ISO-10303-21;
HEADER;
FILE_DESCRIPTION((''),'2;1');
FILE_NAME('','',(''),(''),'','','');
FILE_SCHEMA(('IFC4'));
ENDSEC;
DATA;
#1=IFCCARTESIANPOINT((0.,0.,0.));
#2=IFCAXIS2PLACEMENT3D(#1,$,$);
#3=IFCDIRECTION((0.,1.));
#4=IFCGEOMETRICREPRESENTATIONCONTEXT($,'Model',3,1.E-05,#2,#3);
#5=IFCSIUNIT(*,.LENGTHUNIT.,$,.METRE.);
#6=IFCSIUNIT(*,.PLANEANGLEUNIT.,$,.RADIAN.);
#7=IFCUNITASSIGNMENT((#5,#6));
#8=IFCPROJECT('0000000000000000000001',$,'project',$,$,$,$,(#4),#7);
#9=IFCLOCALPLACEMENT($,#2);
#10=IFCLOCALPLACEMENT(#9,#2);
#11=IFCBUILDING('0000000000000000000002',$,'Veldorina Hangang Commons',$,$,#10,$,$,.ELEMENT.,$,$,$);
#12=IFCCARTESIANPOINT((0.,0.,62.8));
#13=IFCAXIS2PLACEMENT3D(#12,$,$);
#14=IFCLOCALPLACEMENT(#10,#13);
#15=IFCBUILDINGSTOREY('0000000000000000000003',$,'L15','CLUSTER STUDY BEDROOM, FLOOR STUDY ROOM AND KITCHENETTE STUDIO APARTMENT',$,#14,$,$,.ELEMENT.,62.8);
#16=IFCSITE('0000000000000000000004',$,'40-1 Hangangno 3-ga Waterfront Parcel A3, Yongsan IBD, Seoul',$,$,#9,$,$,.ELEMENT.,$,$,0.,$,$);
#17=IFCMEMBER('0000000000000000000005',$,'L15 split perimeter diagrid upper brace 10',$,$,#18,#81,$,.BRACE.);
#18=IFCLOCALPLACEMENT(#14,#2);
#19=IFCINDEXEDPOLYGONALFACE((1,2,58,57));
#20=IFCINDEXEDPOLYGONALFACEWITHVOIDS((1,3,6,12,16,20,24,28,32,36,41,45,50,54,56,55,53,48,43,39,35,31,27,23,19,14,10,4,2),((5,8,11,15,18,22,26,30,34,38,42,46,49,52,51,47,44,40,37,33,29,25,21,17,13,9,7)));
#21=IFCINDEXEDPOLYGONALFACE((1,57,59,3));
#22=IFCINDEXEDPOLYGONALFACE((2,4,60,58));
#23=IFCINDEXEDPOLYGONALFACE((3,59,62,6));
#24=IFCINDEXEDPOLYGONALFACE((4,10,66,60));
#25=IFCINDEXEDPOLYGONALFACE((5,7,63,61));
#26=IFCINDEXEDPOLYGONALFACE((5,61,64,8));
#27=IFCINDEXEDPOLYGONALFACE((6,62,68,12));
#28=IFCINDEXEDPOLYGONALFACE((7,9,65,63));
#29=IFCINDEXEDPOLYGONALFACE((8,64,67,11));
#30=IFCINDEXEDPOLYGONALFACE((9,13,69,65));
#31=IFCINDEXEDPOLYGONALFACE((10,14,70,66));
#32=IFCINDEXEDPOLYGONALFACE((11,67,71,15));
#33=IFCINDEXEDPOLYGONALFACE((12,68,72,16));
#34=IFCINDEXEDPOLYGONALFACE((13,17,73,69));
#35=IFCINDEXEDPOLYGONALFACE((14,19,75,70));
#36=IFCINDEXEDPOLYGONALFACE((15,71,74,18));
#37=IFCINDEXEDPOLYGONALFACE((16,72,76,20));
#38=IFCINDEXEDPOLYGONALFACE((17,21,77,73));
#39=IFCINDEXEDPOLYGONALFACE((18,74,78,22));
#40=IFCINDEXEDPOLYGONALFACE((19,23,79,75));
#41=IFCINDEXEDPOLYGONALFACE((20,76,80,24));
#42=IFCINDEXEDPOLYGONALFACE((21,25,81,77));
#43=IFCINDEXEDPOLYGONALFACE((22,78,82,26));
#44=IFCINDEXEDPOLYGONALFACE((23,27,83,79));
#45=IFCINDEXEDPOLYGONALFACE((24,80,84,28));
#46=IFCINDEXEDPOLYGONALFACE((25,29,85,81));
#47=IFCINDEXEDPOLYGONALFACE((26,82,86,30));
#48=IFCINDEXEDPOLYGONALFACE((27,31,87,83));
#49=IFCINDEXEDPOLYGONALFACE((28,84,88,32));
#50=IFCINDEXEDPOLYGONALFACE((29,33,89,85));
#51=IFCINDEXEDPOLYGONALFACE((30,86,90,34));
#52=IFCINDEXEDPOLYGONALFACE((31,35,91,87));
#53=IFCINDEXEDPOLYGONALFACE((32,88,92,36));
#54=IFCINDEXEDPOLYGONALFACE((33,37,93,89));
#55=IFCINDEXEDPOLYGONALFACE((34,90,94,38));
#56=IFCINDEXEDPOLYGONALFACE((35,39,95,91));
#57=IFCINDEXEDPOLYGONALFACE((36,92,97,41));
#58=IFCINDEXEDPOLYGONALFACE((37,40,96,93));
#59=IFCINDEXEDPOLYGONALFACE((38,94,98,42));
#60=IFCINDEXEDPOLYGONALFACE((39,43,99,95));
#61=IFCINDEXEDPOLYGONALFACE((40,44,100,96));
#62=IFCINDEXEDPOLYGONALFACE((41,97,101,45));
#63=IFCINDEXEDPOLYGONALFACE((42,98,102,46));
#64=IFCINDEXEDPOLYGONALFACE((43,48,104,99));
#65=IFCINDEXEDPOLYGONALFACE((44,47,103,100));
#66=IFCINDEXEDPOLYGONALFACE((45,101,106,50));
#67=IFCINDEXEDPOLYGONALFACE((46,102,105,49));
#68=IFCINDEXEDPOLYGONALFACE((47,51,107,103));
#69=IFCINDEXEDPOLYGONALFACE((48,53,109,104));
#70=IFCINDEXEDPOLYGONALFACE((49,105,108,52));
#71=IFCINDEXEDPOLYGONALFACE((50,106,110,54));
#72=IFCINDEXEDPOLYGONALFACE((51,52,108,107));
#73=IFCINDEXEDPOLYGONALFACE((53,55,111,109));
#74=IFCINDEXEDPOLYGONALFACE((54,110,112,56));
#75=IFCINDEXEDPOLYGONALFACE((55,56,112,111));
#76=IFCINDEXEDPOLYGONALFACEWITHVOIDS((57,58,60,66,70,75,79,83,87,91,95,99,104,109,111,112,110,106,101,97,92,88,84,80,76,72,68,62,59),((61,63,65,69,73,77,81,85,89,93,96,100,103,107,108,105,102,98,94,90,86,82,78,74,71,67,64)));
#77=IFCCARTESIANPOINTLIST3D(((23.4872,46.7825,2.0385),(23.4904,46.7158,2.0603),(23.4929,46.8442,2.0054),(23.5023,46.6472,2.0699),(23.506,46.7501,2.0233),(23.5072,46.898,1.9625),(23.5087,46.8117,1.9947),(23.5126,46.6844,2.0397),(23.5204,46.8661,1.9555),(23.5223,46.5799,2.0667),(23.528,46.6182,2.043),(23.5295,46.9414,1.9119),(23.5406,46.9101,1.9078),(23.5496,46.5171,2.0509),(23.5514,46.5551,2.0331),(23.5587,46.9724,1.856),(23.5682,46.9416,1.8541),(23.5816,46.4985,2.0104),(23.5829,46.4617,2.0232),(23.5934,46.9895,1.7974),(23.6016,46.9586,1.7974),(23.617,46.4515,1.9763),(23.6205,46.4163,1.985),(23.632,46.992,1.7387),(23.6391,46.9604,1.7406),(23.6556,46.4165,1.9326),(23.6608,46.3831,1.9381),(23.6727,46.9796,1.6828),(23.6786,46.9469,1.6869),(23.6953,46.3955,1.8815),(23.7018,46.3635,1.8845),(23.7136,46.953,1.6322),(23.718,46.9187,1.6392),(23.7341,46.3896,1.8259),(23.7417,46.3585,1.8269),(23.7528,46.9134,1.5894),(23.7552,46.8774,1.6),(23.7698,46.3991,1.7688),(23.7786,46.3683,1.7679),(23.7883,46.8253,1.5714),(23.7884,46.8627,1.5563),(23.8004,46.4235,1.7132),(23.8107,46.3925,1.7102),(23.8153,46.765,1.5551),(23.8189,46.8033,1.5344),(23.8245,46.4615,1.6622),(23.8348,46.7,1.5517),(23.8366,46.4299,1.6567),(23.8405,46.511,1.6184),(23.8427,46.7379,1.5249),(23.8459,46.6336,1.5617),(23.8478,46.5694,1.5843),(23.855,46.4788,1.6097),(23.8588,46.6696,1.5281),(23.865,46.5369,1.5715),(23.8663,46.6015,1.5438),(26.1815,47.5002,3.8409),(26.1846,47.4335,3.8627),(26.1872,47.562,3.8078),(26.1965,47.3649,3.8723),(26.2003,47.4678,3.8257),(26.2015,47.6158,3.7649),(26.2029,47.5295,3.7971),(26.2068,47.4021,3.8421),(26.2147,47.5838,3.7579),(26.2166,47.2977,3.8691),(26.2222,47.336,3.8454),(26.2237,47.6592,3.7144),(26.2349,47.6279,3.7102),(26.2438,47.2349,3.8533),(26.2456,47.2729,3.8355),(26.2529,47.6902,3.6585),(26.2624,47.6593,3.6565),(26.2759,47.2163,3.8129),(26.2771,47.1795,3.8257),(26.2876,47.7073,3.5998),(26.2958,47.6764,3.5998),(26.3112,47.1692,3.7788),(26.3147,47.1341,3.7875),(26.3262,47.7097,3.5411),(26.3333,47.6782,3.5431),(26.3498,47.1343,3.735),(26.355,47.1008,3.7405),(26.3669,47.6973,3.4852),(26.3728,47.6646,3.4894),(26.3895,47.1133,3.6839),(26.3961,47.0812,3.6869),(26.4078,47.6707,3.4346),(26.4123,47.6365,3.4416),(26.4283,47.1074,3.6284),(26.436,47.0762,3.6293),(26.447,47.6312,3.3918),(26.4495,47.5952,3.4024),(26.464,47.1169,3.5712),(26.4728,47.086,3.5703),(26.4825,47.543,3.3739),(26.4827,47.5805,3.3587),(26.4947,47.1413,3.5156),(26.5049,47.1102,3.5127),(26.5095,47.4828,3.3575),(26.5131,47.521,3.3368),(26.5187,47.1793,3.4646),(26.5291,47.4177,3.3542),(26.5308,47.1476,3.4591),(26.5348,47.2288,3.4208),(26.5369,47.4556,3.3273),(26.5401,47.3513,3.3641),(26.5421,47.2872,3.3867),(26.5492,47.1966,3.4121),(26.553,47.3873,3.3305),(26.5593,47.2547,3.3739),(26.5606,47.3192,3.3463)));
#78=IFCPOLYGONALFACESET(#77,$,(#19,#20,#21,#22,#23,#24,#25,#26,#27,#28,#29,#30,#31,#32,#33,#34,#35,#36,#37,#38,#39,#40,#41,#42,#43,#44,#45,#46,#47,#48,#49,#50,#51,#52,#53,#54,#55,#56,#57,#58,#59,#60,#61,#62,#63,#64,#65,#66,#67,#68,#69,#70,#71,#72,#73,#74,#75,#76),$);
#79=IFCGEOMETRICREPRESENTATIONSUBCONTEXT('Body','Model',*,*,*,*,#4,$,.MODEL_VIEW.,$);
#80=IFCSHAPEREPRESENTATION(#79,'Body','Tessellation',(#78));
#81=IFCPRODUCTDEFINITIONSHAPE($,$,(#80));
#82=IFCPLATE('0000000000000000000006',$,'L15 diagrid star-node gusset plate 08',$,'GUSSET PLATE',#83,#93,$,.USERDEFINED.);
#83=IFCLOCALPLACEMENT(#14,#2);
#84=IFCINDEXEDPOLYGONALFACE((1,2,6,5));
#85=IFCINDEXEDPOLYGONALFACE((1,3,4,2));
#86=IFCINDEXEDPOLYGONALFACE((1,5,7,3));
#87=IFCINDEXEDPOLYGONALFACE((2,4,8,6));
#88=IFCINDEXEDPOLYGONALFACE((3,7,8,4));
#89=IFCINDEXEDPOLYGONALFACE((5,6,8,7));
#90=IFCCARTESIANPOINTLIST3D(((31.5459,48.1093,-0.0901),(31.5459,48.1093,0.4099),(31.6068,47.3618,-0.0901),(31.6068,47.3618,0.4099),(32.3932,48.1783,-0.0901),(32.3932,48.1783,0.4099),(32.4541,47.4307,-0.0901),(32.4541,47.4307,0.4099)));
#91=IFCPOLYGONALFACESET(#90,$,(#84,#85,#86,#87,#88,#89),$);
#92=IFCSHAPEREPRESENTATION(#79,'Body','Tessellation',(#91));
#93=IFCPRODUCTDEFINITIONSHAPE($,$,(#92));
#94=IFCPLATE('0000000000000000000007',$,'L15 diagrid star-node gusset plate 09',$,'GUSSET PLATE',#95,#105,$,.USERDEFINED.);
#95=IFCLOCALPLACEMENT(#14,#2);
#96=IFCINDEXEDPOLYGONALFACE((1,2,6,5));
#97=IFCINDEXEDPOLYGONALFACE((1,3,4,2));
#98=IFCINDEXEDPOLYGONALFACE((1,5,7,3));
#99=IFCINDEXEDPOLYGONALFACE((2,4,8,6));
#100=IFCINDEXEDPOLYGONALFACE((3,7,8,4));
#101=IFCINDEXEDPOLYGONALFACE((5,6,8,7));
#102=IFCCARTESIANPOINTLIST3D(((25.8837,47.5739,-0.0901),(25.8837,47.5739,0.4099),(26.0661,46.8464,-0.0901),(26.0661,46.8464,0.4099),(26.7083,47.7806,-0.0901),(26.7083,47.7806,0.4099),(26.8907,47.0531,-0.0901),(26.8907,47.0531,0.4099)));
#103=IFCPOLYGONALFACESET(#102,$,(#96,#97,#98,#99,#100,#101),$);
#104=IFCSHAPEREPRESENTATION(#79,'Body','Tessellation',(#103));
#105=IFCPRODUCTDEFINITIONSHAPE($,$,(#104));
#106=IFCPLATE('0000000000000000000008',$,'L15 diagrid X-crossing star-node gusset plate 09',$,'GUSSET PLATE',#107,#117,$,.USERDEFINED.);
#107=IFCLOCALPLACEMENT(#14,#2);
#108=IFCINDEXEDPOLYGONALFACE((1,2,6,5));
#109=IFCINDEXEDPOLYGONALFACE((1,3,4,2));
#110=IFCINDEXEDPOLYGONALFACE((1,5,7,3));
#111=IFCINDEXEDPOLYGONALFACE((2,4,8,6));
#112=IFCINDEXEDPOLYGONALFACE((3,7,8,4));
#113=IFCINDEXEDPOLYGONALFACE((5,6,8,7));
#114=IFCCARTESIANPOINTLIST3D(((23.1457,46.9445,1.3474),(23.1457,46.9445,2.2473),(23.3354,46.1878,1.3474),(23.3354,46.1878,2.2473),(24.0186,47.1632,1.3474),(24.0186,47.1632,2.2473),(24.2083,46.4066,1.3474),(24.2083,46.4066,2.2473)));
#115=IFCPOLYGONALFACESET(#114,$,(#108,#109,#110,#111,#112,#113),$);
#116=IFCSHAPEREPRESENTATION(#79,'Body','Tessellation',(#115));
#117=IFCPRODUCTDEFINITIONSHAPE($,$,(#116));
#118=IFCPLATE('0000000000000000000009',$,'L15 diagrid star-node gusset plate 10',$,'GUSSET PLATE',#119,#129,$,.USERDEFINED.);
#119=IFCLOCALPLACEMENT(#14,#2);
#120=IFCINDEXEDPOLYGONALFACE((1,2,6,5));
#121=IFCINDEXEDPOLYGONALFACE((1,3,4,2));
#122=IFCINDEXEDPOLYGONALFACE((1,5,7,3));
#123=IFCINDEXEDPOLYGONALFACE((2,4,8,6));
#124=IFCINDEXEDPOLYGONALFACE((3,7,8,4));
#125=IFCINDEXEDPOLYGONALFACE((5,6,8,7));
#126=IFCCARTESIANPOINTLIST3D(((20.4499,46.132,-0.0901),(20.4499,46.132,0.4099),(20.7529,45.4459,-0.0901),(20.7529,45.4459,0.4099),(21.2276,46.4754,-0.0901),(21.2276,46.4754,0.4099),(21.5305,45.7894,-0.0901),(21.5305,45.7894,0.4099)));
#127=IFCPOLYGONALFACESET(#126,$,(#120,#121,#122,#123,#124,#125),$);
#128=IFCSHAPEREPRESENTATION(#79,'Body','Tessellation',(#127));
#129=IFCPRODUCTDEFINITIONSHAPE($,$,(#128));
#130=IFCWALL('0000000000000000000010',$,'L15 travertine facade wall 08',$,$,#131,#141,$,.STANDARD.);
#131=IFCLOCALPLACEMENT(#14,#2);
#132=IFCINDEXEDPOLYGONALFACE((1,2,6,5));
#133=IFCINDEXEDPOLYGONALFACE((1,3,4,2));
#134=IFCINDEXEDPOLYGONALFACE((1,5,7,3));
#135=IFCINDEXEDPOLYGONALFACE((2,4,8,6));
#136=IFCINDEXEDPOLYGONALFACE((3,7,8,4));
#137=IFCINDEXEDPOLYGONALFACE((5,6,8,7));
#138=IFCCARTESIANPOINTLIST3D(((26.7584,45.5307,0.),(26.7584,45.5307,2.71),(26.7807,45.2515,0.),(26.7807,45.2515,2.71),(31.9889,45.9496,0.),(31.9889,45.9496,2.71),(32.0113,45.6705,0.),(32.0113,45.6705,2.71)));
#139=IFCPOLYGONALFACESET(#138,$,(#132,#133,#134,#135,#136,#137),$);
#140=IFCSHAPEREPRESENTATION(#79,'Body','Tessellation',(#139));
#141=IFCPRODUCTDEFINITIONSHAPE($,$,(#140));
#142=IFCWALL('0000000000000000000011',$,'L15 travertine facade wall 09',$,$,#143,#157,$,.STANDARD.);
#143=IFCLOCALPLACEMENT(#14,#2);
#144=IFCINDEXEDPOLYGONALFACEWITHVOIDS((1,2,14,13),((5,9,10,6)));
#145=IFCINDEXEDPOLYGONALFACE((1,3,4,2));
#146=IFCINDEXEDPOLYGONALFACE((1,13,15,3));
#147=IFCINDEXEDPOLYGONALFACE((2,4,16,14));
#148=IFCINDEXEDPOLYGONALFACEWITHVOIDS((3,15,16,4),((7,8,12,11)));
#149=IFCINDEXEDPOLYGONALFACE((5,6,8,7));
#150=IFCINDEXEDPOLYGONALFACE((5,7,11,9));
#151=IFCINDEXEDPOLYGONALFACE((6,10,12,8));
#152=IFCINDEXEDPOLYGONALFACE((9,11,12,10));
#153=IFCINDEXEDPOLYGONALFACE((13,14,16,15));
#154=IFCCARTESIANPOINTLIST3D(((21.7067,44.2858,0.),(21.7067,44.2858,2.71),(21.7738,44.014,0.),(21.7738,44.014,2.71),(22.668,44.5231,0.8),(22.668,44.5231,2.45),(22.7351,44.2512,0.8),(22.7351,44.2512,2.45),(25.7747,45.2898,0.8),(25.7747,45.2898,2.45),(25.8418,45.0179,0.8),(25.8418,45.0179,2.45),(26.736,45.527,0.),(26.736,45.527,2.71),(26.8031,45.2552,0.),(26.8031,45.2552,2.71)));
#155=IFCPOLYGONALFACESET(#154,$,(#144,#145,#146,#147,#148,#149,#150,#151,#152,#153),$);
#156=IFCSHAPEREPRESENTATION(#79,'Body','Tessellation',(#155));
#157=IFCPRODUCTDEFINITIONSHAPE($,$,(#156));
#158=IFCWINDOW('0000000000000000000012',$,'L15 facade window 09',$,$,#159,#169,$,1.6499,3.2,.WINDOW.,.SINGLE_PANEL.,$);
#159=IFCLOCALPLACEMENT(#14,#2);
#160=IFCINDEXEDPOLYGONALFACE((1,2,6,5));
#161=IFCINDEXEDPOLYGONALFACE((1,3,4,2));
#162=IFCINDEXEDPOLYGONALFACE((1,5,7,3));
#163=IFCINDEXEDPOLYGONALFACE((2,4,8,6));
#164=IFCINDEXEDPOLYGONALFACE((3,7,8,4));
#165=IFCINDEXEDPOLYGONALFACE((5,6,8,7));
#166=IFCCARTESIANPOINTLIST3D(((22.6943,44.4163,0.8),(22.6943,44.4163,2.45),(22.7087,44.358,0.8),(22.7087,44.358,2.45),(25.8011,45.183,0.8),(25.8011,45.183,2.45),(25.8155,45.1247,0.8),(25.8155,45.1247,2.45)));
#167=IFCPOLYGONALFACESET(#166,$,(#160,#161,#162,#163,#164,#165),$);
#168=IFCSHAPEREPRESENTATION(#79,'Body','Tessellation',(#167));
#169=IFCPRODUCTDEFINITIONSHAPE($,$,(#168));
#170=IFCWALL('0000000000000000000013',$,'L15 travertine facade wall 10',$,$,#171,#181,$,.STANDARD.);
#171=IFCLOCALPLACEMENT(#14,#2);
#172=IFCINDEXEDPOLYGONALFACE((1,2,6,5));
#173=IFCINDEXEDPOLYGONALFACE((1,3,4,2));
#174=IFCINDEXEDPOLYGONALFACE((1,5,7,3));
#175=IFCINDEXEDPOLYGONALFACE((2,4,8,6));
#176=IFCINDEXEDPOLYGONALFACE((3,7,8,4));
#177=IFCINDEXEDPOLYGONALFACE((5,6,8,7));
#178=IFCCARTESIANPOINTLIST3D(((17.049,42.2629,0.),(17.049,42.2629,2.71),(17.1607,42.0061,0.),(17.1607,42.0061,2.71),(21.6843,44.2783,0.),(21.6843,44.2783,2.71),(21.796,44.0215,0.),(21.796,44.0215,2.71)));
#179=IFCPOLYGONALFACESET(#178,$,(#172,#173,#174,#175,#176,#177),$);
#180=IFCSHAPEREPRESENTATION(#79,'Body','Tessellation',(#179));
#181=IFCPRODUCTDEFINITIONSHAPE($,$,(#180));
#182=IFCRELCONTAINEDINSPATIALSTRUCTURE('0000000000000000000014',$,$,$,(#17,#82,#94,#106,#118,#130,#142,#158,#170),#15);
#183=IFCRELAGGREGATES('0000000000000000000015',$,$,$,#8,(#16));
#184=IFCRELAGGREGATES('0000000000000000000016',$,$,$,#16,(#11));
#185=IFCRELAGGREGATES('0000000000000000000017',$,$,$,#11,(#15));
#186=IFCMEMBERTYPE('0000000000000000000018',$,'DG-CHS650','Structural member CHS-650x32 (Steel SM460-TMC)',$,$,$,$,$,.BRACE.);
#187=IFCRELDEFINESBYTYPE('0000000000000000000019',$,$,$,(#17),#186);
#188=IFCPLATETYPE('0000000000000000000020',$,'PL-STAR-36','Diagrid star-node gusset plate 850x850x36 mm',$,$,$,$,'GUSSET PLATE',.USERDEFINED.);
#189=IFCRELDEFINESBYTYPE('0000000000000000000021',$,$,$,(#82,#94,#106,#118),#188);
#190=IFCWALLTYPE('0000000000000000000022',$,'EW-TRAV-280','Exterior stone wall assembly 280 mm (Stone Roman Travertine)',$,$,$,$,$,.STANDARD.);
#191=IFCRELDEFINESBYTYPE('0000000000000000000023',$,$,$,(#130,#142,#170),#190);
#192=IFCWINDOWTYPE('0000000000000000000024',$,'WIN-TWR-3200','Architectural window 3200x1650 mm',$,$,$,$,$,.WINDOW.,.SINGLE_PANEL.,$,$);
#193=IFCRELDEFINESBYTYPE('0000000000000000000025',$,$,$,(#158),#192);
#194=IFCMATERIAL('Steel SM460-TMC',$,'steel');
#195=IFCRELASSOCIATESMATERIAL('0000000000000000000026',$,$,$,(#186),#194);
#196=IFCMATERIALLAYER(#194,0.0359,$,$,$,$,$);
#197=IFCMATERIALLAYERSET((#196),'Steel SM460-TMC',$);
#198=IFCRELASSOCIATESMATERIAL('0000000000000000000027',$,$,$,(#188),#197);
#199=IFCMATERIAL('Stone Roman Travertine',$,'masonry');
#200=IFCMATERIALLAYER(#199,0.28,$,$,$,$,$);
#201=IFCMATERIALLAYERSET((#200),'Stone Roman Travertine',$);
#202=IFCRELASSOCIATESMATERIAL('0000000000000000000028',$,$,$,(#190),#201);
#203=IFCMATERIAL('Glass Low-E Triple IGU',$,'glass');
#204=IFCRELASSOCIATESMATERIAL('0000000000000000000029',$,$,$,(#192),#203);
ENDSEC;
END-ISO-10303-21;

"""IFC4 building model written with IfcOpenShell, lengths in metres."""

from ifc_helpers import new_model, si_unit, direction, frame, frame_2d, origin, origin_2d, place, context, subcontext, project, spatial, rectangle, hollow_circle, extrude, material, layer, layer_set, material_profile, profile_set, type_object, element, fill, save


model = new_model("IFC4")

# Units and contexts
model_context = context("Model", 3, precision=1e-05, world=origin(), true_north=direction((0.0, 1.0)))
body_context = subcontext(model_context, "Body", "Model", "MODEL_VIEW")
ifc_project = project(units=[si_unit("LENGTHUNIT", "METRE"), si_unit("PLANEANGLEUNIT", "RADIAN")], contexts=[model_context])

# Site, building, storey
site_placement = place(None, origin())
site = spatial("IfcSite", under=ifc_project, at=site_placement, Name="40-1 Hangangno 3-ga Waterfront Parcel A3, Yongsan IBD, Seoul", CompositionType="ELEMENT", RefElevation=0.0)
building_placement = place(site_placement, origin())
building = spatial("IfcBuilding", under=site, at=building_placement, Name="Veldorina Hangang Commons", CompositionType="ELEMENT")
storey_placement = place(building_placement, frame((0.0, 0.0, 62.8)))
storey = spatial("IfcBuildingStorey", under=building, at=storey_placement, Name="L15", Description="CLUSTER STUDY BEDROOM, FLOOR STUDY ROOM AND KITCHENETTE STUDIO APARTMENT", CompositionType="ELEMENT", Elevation=62.8)

# Member
ifc_material_1 = material(Name="Steel SM460-TMC", Category="steel")
ifc_material_profile_1 = material_profile(ifc_material_1, hollow_circle(Radius=0.325, WallThickness=0.032, at=origin_2d()), Name="CHS-650x32")
ifc_profile_set_1 = profile_set([ifc_material_profile_1], Name="Steel SM460-TMC")
member_type = type_object("IfcMemberType", Name="DG-CHS650", Description="Structural member CHS-650x32 (Steel SM460-TMC)", PredefinedType="BRACE", material=ifc_profile_set_1)
member_1_placement = place(storey_placement, frame((23.677, 46.6755, 1.7974), z_axis=(0.811502, 0.216185, 0.542889), x_axis=(-0.257423, 0.966299, 0.0)))
element("IfcMember", 1, at=member_1_placement, inside=storey, type_object=member_type, Name="L15 split perimeter diagrid upper brace 10", PredefinedType="BRACE", context=body_context, shape_type="SweptSolid", body=[
    extrude(hollow_circle(Radius=0.325, WallThickness=0.032, at=origin_2d()), origin(), (0.0, 0.0, 1.0), 3.3201),
])

# Plates
ifc_layer_1 = layer(ifc_material_1, 0.0359)
ifc_layer_set_1 = layer_set([ifc_layer_1], Name="Steel SM460-TMC")
plate_type = type_object("IfcPlateType", Name="PL-STAR-36", Description="Diagrid star-node gusset plate 850x850x36 mm", ElementType="GUSSET PLATE", PredefinedType="USERDEFINED", material=ifc_layer_set_1)
for number, where, z_axis, x_axis, name in (
    (2, (32.0, 47.77, -0.0901), (0.0, 0.0, 1.0), (-0.996706, -0.081104, 0.0), "L15 diagrid star-node gusset plate 08"),
    (3, (26.3872, 47.3135, -0.0901), (0.0, 0.0, 1.0), (-0.969995, -0.243124, 0.0), "L15 diagrid star-node gusset plate 09"),
):
    element("IfcPlate", number, at=place(storey_placement, frame(where, z_axis=z_axis, x_axis=x_axis)), inside=storey, type_object=plate_type, Name=name, ObjectType="GUSSET PLATE", PredefinedType="USERDEFINED", context=body_context, shape_type="SweptSolid", body=[
        extrude(rectangle(XDim=0.8501, YDim=0.75, at=origin_2d()), origin(), (0.0, 0.0, 1.0), 0.5),
    ])
plate_1_placement = place(storey_placement, frame((23.677, 46.6755, 1.3474), z_axis=(0.0, 0.0, 1.0), x_axis=(-0.969995, -0.243124, 0.0)))
element("IfcPlate", 4, at=plate_1_placement, inside=storey, type_object=plate_type, Name="L15 diagrid X-crossing star-node gusset plate 09", ObjectType="GUSSET PLATE", PredefinedType="USERDEFINED", context=body_context, shape_type="SweptSolid", body=[
    extrude(rectangle(XDim=0.8999, YDim=0.78, at=origin_2d()), origin(), (0.0, 0.0, 1.0), 0.8999),
])
plate_2_placement = place(storey_placement, frame((20.9902, 45.9607, -0.0901), z_axis=(0.0, 0.0, 1.0), x_axis=(-0.914769, -0.403976, 0.0)))
element("IfcPlate", 5, at=plate_2_placement, inside=storey, type_object=plate_type, Name="L15 diagrid star-node gusset plate 10", ObjectType="GUSSET PLATE", PredefinedType="USERDEFINED", context=body_context, shape_type="SweptSolid", body=[
    extrude(rectangle(XDim=0.8501, YDim=0.75, at=origin_2d()), origin(), (0.0, 0.0, 1.0), 0.5),
])

# Wall
ifc_material_2 = material(Name="Stone Roman Travertine", Category="masonry")
ifc_layer_2 = layer(ifc_material_2, 0.28)
ifc_layer_set_2 = layer_set([ifc_layer_2], Name="Stone Roman Travertine")
wall_type_1 = type_object("IfcWallType", Name="EW-TRAV-280", Description="Exterior stone wall assembly 280 mm (Stone Roman Travertine)", PredefinedType="STANDARD", material=ifc_layer_set_2)
wall_1_placement = place(storey_placement, frame((32.0, 45.8101, 0.0), z_axis=(0.0, 0.0, 1.0), x_axis=(-0.996808, -0.079841, 0.0)))
element("IfcWall", 6, at=wall_1_placement, inside=storey, type_object=wall_type_1, Name="L15 travertine facade wall 08", PredefinedType="STANDARD", context=body_context, shape_type="SweptSolid", body=[
    extrude(rectangle(XDim=5.2473, YDim=0.28, at=frame_2d((2.6235, 0.0))), origin(), (0.0, 0.0, 1.0), 2.71),
])

# Wall, opening, window
wall_2_placement = place(storey_placement, frame((26.7695, 45.3911, 0.0), z_axis=(0.0, 0.0, 1.0), x_axis=(-0.97087, -0.239607, 0.0)))
wall_2 = element("IfcWall", 7, at=wall_2_placement, inside=storey, type_object=wall_type_1, Name="L15 travertine facade wall 09", PredefinedType="STANDARD", context=body_context, shape_type="SweptSolid", body=[
    extrude(rectangle(XDim=5.1802, YDim=0.28, at=frame_2d((2.5901, 0.0))), origin(), (0.0, 0.0, 1.0), 2.71),
])
opening_1_placement = place(wall_2_placement, frame((0.99, 0.0, 0.8)))
opening_1 = element("IfcOpeningElement", 8, at=opening_1_placement, cuts=wall_2, PredefinedType="OPENING", context=body_context, shape_type="SweptSolid", body=[
    extrude(rectangle(XDim=3.2, YDim=1.6499, at=frame_2d((1.6001, 0.825))), frame((0.0, 0.1499, 0.0), z_axis=(0.0, -1.0, 0.0), x_axis=(1.0, 0.0, 0.0)), (0.0, 0.0, 1.0), 0.3),
])
ifc_material_3 = material(Name="Glass Low-E Triple IGU", Category="glass")
window_type = type_object("IfcWindowType", Name="WIN-TWR-3200", Description="Architectural window 3200x1650 mm", PartitioningType="SINGLE_PANEL", PredefinedType="WINDOW", material=ifc_material_3)
window_placement = place(opening_1_placement, origin())
window = element("IfcWindow", 9, at=window_placement, inside=storey, type_object=window_type, Name="L15 facade window 09", OverallHeight=1.6499, OverallWidth=3.2, PartitioningType="SINGLE_PANEL", PredefinedType="WINDOW", context=body_context, shape_type="SweptSolid", body=[
    extrude(rectangle(XDim=3.2, YDim=1.6499, at=frame_2d((1.6001, 0.825))), frame((0.0, 0.03, 0.0), z_axis=(0.0, -1.0, 0.0), x_axis=(1.0, 0.0, 0.0)), (0.0, 0.0, 1.0), 0.0601),
])
fill(opening_1, window)

# Wall
wall_3_placement = place(storey_placement, frame((21.7402, 44.1499, 0.0), z_axis=(0.0, 0.0, 1.0), x_axis=(-0.917066, -0.398735, 0.0)))
element("IfcWall", 10, at=wall_3_placement, inside=storey, type_object=wall_type_1, Name="L15 travertine facade wall 10", PredefinedType="STANDARD", context=body_context, shape_type="SweptSolid", body=[
    extrude(rectangle(XDim=5.0544, YDim=0.28, at=frame_2d((2.5273, 0.0))), origin(), (0.0, 0.0, 1.0), 2.71),
])

save(model, "model.ifc")
